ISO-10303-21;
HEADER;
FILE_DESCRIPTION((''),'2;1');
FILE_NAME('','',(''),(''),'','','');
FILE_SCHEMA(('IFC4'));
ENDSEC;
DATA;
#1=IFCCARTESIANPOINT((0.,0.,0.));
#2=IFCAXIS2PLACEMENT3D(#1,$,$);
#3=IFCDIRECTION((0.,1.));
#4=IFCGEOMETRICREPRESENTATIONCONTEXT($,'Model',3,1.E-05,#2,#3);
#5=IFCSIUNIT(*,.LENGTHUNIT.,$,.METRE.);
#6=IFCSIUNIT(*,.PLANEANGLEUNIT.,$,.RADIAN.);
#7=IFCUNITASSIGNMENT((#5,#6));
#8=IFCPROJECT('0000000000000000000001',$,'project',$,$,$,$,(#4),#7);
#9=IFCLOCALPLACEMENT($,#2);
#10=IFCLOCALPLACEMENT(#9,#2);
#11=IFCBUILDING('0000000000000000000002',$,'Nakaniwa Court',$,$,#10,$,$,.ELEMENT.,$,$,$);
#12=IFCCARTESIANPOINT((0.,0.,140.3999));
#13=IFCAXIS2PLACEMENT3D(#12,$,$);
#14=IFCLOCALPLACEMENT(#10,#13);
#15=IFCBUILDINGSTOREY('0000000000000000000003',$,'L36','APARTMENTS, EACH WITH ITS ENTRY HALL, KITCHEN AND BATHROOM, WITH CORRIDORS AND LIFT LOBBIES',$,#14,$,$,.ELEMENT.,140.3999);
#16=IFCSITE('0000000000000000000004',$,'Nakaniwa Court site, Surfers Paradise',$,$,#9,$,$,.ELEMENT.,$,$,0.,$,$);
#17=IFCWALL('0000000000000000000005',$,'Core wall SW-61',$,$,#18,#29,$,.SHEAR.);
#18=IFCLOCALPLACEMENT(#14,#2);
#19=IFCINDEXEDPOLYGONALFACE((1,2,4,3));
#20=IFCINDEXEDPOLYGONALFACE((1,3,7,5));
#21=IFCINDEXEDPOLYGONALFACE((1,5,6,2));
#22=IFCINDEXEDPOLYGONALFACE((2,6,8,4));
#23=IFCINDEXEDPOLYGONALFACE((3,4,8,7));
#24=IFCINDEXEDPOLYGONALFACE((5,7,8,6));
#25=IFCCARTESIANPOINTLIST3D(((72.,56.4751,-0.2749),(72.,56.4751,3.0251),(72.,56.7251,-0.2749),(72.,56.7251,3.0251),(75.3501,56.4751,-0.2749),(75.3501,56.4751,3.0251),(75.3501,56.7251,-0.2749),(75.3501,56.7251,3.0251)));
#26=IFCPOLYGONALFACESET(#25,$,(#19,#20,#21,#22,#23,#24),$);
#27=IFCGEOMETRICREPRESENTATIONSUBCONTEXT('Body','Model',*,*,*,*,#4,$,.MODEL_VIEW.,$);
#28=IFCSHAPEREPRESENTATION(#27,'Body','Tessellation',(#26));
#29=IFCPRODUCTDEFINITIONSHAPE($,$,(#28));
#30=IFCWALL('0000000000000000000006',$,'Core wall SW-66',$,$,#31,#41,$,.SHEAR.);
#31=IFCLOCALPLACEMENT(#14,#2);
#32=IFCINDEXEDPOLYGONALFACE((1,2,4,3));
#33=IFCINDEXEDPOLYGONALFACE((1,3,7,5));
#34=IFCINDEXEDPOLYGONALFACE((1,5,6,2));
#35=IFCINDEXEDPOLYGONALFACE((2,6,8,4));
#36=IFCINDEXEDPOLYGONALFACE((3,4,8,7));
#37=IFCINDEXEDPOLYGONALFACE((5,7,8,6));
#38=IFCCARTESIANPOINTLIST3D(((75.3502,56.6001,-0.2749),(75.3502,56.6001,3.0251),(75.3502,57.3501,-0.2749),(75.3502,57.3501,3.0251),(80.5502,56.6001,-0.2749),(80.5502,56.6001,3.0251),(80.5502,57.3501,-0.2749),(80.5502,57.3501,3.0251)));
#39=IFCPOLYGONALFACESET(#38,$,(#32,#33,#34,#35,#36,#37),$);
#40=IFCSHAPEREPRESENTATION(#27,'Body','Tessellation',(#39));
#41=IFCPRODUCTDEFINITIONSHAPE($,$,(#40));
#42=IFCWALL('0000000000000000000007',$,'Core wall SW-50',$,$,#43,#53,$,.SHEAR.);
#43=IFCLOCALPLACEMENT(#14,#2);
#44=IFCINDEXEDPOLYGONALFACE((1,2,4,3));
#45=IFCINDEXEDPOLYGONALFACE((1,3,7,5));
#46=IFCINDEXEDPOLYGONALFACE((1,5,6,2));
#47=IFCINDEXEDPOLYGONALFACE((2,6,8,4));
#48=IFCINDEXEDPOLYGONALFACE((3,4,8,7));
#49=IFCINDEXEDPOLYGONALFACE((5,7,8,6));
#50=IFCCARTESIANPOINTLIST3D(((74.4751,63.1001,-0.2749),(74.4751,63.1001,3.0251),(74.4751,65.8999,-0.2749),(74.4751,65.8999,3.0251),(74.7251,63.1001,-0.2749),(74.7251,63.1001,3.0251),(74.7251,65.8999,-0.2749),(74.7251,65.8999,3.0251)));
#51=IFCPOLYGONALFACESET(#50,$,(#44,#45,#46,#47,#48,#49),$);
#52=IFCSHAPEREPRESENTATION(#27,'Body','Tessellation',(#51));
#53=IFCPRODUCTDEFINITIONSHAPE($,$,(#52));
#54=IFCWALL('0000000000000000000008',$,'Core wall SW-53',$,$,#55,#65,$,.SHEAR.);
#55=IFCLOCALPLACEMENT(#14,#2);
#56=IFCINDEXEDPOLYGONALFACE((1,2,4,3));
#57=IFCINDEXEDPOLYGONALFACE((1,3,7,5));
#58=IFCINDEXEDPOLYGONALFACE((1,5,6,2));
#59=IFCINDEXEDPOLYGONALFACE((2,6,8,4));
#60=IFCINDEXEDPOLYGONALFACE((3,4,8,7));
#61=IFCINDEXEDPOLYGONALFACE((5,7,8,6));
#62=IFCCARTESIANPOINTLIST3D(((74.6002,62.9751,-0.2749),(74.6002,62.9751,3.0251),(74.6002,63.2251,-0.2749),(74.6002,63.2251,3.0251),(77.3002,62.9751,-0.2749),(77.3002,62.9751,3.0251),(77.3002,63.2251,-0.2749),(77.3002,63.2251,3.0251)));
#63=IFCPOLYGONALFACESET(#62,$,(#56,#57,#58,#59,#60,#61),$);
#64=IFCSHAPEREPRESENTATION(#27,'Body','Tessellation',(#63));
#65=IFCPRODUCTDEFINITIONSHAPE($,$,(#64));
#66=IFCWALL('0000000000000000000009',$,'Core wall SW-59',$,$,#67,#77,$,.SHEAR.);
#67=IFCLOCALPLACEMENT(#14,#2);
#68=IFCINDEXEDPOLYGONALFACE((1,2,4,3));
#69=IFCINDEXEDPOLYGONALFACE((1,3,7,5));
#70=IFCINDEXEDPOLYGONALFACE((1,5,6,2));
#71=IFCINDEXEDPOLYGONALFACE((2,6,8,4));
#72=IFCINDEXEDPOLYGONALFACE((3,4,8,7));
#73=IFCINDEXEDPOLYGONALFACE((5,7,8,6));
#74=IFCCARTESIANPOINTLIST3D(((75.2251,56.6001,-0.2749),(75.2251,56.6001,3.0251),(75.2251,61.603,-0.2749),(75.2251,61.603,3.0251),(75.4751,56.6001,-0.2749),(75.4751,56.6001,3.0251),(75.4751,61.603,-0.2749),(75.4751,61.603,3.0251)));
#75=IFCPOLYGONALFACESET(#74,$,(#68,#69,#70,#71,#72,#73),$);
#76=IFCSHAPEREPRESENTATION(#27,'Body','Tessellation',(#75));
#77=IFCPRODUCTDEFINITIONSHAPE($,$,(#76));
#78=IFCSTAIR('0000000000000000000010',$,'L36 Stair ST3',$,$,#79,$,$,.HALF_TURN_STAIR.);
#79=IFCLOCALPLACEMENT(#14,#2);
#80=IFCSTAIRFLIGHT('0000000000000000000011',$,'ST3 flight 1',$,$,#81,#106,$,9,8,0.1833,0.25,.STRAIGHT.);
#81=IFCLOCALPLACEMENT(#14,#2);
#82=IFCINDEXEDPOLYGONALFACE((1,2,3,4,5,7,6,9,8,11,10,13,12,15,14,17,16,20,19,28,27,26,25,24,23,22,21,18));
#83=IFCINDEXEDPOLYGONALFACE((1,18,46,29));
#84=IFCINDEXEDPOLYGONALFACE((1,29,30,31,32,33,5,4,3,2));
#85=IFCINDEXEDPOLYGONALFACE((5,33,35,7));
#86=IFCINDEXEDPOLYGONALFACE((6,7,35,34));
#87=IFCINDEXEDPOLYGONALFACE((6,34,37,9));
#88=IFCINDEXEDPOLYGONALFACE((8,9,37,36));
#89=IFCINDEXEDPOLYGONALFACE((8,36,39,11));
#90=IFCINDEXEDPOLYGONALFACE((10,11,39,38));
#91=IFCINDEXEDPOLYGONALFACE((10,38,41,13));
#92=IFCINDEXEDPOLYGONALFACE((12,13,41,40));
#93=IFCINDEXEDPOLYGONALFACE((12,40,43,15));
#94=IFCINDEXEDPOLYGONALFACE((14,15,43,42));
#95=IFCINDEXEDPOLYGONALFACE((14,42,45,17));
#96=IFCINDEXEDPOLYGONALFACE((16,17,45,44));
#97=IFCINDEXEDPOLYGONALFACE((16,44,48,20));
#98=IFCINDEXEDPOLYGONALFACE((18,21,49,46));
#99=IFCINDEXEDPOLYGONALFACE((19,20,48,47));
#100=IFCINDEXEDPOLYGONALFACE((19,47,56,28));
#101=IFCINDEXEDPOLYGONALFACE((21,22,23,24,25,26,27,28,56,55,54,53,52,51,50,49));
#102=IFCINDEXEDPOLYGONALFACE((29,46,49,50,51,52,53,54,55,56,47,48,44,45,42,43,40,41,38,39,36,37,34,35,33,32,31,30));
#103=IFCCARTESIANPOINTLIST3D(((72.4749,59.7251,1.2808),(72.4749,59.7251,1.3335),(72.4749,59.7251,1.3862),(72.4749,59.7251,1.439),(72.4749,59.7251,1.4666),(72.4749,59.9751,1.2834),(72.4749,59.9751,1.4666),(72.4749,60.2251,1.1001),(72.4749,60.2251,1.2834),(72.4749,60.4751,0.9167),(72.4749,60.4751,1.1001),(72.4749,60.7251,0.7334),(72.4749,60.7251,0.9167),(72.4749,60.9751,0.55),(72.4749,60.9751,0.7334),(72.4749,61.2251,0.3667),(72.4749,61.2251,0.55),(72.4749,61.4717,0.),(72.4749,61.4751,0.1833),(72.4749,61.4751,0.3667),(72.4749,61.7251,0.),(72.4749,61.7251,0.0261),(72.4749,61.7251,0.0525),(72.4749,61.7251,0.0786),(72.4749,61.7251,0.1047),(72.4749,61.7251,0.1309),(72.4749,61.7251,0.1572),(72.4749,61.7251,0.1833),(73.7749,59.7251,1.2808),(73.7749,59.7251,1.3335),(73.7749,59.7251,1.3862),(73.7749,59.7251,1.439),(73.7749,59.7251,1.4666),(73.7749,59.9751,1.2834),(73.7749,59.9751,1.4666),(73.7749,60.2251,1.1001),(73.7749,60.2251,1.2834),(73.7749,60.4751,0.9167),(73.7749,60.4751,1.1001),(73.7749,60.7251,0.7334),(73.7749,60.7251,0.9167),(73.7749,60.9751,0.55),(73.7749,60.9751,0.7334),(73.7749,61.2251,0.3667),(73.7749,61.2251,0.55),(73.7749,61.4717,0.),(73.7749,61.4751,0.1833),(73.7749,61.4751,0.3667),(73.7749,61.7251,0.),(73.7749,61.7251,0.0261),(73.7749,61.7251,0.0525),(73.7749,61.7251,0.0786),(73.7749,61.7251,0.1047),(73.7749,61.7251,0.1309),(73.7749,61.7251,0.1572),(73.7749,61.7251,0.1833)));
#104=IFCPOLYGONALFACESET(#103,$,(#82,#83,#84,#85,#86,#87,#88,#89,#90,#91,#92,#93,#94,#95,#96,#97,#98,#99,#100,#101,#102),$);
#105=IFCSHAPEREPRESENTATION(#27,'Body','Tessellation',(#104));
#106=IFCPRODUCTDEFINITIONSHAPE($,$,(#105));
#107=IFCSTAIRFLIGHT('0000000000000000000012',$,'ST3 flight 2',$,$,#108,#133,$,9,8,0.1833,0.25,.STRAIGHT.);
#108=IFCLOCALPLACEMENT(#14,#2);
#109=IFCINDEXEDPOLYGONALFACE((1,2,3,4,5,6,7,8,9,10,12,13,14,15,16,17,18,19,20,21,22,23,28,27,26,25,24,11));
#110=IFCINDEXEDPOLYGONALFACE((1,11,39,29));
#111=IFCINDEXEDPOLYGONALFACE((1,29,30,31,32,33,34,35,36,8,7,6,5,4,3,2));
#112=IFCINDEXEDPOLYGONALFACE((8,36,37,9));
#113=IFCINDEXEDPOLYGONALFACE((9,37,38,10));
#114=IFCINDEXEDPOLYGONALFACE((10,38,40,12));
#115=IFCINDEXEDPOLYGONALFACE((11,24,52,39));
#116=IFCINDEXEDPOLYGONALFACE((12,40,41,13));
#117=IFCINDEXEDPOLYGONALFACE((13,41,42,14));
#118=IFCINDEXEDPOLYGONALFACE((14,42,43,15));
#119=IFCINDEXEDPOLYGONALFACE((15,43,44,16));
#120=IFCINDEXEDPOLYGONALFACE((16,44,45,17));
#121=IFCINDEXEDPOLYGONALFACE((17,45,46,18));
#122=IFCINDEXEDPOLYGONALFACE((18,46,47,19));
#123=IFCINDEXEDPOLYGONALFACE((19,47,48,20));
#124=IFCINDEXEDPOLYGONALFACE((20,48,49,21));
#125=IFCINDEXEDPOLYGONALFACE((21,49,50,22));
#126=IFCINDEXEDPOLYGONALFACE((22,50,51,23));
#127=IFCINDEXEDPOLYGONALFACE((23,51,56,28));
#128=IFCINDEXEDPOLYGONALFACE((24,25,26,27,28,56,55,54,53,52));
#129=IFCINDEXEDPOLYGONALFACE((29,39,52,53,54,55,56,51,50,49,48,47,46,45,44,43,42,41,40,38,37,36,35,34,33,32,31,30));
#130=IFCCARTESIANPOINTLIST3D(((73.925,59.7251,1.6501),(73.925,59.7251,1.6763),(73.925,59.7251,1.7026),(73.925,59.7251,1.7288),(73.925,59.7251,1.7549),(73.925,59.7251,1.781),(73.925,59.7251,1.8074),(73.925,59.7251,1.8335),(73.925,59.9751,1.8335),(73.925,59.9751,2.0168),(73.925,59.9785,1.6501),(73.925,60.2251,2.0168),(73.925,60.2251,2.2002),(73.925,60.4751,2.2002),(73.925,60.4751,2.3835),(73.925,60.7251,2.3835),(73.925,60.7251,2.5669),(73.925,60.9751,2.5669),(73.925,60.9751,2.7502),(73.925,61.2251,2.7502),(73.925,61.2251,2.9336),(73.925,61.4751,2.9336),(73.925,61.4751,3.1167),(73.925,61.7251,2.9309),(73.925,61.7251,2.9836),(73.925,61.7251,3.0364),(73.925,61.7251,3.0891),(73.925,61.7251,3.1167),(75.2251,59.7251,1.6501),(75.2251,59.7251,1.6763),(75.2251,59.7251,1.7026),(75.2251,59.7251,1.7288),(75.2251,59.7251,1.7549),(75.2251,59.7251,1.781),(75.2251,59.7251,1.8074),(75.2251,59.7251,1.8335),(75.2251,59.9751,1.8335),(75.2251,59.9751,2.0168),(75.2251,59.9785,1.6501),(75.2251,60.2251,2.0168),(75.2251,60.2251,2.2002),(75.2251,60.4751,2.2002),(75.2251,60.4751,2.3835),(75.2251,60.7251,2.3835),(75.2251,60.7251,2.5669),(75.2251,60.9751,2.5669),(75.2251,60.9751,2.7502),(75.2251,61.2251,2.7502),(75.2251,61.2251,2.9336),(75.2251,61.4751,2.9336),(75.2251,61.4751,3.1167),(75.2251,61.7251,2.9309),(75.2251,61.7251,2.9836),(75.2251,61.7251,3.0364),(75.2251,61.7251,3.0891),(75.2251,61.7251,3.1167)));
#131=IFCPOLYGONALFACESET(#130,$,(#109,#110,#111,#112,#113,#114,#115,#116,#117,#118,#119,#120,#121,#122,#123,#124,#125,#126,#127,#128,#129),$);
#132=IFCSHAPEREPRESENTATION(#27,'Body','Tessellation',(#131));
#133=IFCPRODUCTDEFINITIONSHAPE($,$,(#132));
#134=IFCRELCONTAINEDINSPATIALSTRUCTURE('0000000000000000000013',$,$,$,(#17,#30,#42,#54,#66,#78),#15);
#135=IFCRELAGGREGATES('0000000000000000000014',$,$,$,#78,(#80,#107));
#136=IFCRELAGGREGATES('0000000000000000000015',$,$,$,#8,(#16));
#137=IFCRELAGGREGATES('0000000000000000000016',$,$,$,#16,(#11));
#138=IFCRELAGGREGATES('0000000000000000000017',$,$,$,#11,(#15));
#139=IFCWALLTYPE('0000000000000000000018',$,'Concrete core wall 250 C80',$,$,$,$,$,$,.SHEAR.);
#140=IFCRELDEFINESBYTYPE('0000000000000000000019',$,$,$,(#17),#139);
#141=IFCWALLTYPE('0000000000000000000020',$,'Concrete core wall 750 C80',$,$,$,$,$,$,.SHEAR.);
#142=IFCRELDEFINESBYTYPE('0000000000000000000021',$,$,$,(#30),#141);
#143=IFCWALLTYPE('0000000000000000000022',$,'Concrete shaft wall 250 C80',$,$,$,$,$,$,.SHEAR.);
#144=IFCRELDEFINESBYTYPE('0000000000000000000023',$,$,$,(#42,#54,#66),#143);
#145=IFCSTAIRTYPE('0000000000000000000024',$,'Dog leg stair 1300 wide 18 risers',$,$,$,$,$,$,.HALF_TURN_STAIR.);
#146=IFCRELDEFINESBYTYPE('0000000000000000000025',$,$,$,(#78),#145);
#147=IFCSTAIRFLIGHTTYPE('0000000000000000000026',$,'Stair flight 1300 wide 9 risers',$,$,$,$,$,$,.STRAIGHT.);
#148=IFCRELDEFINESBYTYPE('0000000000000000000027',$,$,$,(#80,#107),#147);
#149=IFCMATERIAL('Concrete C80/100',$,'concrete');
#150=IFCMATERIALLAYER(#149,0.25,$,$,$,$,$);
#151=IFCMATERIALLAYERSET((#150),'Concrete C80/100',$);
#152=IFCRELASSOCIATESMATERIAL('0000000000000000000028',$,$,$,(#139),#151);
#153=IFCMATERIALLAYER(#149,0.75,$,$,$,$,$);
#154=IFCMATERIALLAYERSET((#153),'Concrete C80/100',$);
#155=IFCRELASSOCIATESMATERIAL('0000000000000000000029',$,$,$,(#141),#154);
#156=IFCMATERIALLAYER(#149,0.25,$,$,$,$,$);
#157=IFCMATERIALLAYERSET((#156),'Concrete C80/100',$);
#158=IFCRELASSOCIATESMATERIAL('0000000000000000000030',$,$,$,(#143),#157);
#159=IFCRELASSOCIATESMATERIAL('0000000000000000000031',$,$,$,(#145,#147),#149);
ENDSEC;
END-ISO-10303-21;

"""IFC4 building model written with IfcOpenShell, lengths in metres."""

from ifc_helpers import new_model, si_unit, direction, frame, frame_2d, origin, place, context, subcontext, project, spatial, polyline, rectangle, outline, extrude, material, layer, layer_set, type_object, element, aggregate, save


model = new_model("IFC4")

# Units and contexts
model_context = context("Model", 3, precision=1e-05, world=origin(), true_north=direction((0.0, 1.0)))
body_context = subcontext(model_context, "Body", "Model", "MODEL_VIEW")
ifc_project = project(units=[si_unit("LENGTHUNIT", "METRE"), si_unit("PLANEANGLEUNIT", "RADIAN")], contexts=[model_context])

# Site, building, storey
site_placement = place(None, origin())
site = spatial("IfcSite", under=ifc_project, at=site_placement, Name="Nakaniwa Court site, Surfers Paradise", CompositionType="ELEMENT", RefElevation=0.0)
building_placement = place(site_placement, origin())
building = spatial("IfcBuilding", under=site, at=building_placement, Name="Nakaniwa Court", CompositionType="ELEMENT")
storey_placement = place(building_placement, frame((0.0, 0.0, 140.3999)))
storey = spatial("IfcBuildingStorey", under=building, at=storey_placement, Name="L36", Description="APARTMENTS, EACH WITH ITS ENTRY HALL, KITCHEN AND BATHROOM, WITH CORRIDORS AND LIFT LOBBIES", CompositionType="ELEMENT", Elevation=140.3999)

# Shared definitions
ifc_material_1 = material(Name="Concrete C80/100", Category="concrete")

# Walls
ifc_layer_1 = layer(ifc_material_1, 0.25)
ifc_layer_set_1 = layer_set([ifc_layer_1], Name="Concrete C80/100")
wall_type_1 = type_object("IfcWallType", Name="Concrete core wall 250 C80", PredefinedType="SHEAR", material=ifc_layer_set_1)
wall_1_placement = place(storey_placement, frame((72.0, 56.6001, -0.2749), z_axis=(0.0, 0.0, 1.0), x_axis=(1.0, 0.0, 0.0)))
element("IfcWall", 1, at=wall_1_placement, inside=storey, type_object=wall_type_1, Name="Core wall SW-61", PredefinedType="SHEAR", context=body_context, shape_type="SweptSolid", body=[
    extrude(rectangle(XDim=3.3501, YDim=0.25, at=frame_2d((1.675, 0.0))), origin(), (0.0, 0.0, 1.0), 3.3),
])
ifc_layer_2 = layer(ifc_material_1, 0.75)
ifc_layer_set_2 = layer_set([ifc_layer_2], Name="Concrete C80/100")
wall_type_2 = type_object("IfcWallType", Name="Concrete core wall 750 C80", PredefinedType="SHEAR", material=ifc_layer_set_2)
wall_2_placement = place(storey_placement, frame((75.3501, 56.9751, -0.2749), z_axis=(0.0, 0.0, 1.0), x_axis=(1.0, 0.0, 0.0)))
element("IfcWall", 2, at=wall_2_placement, inside=storey, type_object=wall_type_2, Name="Core wall SW-66", PredefinedType="SHEAR", context=body_context, shape_type="SweptSolid", body=[
    extrude(rectangle(XDim=5.2, YDim=0.75, at=frame_2d((2.6001, 0.0))), origin(), (0.0, 0.0, 1.0), 3.3),
])
ifc_layer_3 = layer(ifc_material_1, 0.25)
ifc_layer_set_3 = layer_set([ifc_layer_3], Name="Concrete C80/100")
wall_type_3 = type_object("IfcWallType", Name="Concrete shaft wall 250 C80", PredefinedType="SHEAR", material=ifc_layer_set_3)
wall_3_placement = place(storey_placement, frame((74.6001, 63.1001, -0.2749), z_axis=(0.0, 0.0, 1.0), x_axis=(0.0, 1.0, 0.0)))
element("IfcWall", 3, at=wall_3_placement, inside=storey, type_object=wall_type_3, Name="Core wall SW-50", PredefinedType="SHEAR", context=body_context, shape_type="SweptSolid", body=[
    extrude(rectangle(XDim=2.7998, YDim=0.25, at=frame_2d((1.3999, 0.0))), origin(), (0.0, 0.0, 1.0), 3.3),
])
wall_4_placement = place(storey_placement, frame((74.6001, 63.1001, -0.2749), z_axis=(0.0, 0.0, 1.0), x_axis=(1.0, 0.0, 0.0)))
element("IfcWall", 4, at=wall_4_placement, inside=storey, type_object=wall_type_3, Name="Core wall SW-53", PredefinedType="SHEAR", context=body_context, shape_type="SweptSolid", body=[
    extrude(rectangle(XDim=2.7, YDim=0.25, at=frame_2d((1.3501, 0.0))), origin(), (0.0, 0.0, 1.0), 3.3),
])
wall_5_placement = place(storey_placement, frame((75.3501, 56.6001, -0.2749), z_axis=(0.0, 0.0, 1.0), x_axis=(0.0, 1.0, 0.0)))
element("IfcWall", 5, at=wall_5_placement, inside=storey, type_object=wall_type_3, Name="Core wall SW-59", PredefinedType="SHEAR", context=body_context, shape_type="SweptSolid", body=[
    extrude(rectangle(XDim=5.0029, YDim=0.25, at=frame_2d((2.5015, 0.0))), origin(), (0.0, 0.0, 1.0), 3.3),
])

# Stair, stair flights
stair_type = type_object("IfcStairType", Name="Dog leg stair 1300 wide 18 risers", PredefinedType="HALF_TURN_STAIR", material=ifc_material_1)
stair_placement = place(storey_placement, origin())
stair = element("IfcStair", 6, at=stair_placement, inside=storey, type_object=stair_type, Name="L36 Stair ST3", PredefinedType="HALF_TURN_STAIR")
stair_flight_type = type_object("IfcStairFlightType", Name="Stair flight 1300 wide 9 risers", PredefinedType="STRAIGHT", material=ifc_material_1)
stair_flight_1_placement = place(storey_placement, frame((73.125, 61.7251, 0.0), z_axis=(0.0, 0.0, 1.0), x_axis=(0.0, -1.0, 0.0)))
stair_flight_1 = element("IfcStairFlight", 7, at=stair_flight_1_placement, type_object=stair_flight_type, Name="ST3 flight 1", NumberOfRisers=9, NumberOfTreads=8, PredefinedType="STRAIGHT", RiserHeight=0.1833, TreadLength=0.25, context=body_context, shape_type="SweptSolid", body=[
    extrude(outline(polyline([(0.0, 0.0), (0.0, 0.0261), (0.0, 0.0525), (0.0, 0.0786), (0.0, 0.1047), (0.0, 0.1309), (0.0, 0.1572), (0.0, 0.1833), (0.25, 0.1833), (0.25, 0.3667), (0.5, 0.3667), (0.5, 0.55), (0.75, 0.55), (0.75, 0.7334), (1.0, 0.7334), (1.0, 0.9167), (1.25, 0.9167), (1.25, 1.1001), (1.5, 1.1001), (1.5, 1.2834), (1.75, 1.2834), (1.75, 1.4666), (2.0, 1.4666), (2.0, 1.6499), (2.0, 1.5972), (2.0, 1.5444), (2.0, 1.4917), (2.0, 1.439), (2.0, 1.3862), (2.0, 1.3335), (2.0, 1.2808), (0.2534, 0.0), (0.0, 0.0)])), frame((0.0, 0.6499, 0.0), z_axis=(0.0, -1.0, 0.0), x_axis=(1.0, 0.0, 0.0)), (0.0, 0.0, 1.0), 1.3),
])
stair_flight_2_placement = place(storey_placement, frame((74.575, 59.7251, 1.6501), z_axis=(0.0, 0.0, 1.0), x_axis=(0.0, 1.0, 0.0)))
stair_flight_2 = element("IfcStairFlight", 8, at=stair_flight_2_placement, type_object=stair_flight_type, Name="ST3 flight 2", NumberOfRisers=9, NumberOfTreads=8, PredefinedType="STRAIGHT", RiserHeight=0.1833, TreadLength=0.25, context=body_context, shape_type="SweptSolid", body=[
    extrude(outline(polyline([(0.0, 0.0), (0.0, 0.0261), (0.0, 0.0525), (0.0, 0.0786), (0.0, 0.1047), (0.0, 0.1309), (0.0, 0.1572), (0.0, 0.1833), (0.25, 0.1833), (0.25, 0.3667), (0.5, 0.3667), (0.5, 0.55), (0.75, 0.55), (0.75, 0.7334), (1.0, 0.7334), (1.0, 0.9167), (1.25, 0.9167), (1.25, 1.1001), (1.5, 1.1001), (1.5, 1.2834), (1.75, 1.2834), (1.75, 1.4666), (2.0, 1.4666), (2.0, 1.6499), (2.0, 1.5972), (2.0, 1.5444), (2.0, 1.4917), (2.0, 1.439), (2.0, 1.3862), (2.0, 1.3335), (2.0, 1.2808), (0.2534, 0.0), (0.0, 0.0)])), frame((0.0, 0.6499, 0.0), z_axis=(0.0, -1.0, 0.0), x_axis=(1.0, 0.0, 0.0)), (0.0, 0.0, 1.0), 1.3),
])
aggregate(stair, [stair_flight_1, stair_flight_2])

save(model, "model.ifc")
